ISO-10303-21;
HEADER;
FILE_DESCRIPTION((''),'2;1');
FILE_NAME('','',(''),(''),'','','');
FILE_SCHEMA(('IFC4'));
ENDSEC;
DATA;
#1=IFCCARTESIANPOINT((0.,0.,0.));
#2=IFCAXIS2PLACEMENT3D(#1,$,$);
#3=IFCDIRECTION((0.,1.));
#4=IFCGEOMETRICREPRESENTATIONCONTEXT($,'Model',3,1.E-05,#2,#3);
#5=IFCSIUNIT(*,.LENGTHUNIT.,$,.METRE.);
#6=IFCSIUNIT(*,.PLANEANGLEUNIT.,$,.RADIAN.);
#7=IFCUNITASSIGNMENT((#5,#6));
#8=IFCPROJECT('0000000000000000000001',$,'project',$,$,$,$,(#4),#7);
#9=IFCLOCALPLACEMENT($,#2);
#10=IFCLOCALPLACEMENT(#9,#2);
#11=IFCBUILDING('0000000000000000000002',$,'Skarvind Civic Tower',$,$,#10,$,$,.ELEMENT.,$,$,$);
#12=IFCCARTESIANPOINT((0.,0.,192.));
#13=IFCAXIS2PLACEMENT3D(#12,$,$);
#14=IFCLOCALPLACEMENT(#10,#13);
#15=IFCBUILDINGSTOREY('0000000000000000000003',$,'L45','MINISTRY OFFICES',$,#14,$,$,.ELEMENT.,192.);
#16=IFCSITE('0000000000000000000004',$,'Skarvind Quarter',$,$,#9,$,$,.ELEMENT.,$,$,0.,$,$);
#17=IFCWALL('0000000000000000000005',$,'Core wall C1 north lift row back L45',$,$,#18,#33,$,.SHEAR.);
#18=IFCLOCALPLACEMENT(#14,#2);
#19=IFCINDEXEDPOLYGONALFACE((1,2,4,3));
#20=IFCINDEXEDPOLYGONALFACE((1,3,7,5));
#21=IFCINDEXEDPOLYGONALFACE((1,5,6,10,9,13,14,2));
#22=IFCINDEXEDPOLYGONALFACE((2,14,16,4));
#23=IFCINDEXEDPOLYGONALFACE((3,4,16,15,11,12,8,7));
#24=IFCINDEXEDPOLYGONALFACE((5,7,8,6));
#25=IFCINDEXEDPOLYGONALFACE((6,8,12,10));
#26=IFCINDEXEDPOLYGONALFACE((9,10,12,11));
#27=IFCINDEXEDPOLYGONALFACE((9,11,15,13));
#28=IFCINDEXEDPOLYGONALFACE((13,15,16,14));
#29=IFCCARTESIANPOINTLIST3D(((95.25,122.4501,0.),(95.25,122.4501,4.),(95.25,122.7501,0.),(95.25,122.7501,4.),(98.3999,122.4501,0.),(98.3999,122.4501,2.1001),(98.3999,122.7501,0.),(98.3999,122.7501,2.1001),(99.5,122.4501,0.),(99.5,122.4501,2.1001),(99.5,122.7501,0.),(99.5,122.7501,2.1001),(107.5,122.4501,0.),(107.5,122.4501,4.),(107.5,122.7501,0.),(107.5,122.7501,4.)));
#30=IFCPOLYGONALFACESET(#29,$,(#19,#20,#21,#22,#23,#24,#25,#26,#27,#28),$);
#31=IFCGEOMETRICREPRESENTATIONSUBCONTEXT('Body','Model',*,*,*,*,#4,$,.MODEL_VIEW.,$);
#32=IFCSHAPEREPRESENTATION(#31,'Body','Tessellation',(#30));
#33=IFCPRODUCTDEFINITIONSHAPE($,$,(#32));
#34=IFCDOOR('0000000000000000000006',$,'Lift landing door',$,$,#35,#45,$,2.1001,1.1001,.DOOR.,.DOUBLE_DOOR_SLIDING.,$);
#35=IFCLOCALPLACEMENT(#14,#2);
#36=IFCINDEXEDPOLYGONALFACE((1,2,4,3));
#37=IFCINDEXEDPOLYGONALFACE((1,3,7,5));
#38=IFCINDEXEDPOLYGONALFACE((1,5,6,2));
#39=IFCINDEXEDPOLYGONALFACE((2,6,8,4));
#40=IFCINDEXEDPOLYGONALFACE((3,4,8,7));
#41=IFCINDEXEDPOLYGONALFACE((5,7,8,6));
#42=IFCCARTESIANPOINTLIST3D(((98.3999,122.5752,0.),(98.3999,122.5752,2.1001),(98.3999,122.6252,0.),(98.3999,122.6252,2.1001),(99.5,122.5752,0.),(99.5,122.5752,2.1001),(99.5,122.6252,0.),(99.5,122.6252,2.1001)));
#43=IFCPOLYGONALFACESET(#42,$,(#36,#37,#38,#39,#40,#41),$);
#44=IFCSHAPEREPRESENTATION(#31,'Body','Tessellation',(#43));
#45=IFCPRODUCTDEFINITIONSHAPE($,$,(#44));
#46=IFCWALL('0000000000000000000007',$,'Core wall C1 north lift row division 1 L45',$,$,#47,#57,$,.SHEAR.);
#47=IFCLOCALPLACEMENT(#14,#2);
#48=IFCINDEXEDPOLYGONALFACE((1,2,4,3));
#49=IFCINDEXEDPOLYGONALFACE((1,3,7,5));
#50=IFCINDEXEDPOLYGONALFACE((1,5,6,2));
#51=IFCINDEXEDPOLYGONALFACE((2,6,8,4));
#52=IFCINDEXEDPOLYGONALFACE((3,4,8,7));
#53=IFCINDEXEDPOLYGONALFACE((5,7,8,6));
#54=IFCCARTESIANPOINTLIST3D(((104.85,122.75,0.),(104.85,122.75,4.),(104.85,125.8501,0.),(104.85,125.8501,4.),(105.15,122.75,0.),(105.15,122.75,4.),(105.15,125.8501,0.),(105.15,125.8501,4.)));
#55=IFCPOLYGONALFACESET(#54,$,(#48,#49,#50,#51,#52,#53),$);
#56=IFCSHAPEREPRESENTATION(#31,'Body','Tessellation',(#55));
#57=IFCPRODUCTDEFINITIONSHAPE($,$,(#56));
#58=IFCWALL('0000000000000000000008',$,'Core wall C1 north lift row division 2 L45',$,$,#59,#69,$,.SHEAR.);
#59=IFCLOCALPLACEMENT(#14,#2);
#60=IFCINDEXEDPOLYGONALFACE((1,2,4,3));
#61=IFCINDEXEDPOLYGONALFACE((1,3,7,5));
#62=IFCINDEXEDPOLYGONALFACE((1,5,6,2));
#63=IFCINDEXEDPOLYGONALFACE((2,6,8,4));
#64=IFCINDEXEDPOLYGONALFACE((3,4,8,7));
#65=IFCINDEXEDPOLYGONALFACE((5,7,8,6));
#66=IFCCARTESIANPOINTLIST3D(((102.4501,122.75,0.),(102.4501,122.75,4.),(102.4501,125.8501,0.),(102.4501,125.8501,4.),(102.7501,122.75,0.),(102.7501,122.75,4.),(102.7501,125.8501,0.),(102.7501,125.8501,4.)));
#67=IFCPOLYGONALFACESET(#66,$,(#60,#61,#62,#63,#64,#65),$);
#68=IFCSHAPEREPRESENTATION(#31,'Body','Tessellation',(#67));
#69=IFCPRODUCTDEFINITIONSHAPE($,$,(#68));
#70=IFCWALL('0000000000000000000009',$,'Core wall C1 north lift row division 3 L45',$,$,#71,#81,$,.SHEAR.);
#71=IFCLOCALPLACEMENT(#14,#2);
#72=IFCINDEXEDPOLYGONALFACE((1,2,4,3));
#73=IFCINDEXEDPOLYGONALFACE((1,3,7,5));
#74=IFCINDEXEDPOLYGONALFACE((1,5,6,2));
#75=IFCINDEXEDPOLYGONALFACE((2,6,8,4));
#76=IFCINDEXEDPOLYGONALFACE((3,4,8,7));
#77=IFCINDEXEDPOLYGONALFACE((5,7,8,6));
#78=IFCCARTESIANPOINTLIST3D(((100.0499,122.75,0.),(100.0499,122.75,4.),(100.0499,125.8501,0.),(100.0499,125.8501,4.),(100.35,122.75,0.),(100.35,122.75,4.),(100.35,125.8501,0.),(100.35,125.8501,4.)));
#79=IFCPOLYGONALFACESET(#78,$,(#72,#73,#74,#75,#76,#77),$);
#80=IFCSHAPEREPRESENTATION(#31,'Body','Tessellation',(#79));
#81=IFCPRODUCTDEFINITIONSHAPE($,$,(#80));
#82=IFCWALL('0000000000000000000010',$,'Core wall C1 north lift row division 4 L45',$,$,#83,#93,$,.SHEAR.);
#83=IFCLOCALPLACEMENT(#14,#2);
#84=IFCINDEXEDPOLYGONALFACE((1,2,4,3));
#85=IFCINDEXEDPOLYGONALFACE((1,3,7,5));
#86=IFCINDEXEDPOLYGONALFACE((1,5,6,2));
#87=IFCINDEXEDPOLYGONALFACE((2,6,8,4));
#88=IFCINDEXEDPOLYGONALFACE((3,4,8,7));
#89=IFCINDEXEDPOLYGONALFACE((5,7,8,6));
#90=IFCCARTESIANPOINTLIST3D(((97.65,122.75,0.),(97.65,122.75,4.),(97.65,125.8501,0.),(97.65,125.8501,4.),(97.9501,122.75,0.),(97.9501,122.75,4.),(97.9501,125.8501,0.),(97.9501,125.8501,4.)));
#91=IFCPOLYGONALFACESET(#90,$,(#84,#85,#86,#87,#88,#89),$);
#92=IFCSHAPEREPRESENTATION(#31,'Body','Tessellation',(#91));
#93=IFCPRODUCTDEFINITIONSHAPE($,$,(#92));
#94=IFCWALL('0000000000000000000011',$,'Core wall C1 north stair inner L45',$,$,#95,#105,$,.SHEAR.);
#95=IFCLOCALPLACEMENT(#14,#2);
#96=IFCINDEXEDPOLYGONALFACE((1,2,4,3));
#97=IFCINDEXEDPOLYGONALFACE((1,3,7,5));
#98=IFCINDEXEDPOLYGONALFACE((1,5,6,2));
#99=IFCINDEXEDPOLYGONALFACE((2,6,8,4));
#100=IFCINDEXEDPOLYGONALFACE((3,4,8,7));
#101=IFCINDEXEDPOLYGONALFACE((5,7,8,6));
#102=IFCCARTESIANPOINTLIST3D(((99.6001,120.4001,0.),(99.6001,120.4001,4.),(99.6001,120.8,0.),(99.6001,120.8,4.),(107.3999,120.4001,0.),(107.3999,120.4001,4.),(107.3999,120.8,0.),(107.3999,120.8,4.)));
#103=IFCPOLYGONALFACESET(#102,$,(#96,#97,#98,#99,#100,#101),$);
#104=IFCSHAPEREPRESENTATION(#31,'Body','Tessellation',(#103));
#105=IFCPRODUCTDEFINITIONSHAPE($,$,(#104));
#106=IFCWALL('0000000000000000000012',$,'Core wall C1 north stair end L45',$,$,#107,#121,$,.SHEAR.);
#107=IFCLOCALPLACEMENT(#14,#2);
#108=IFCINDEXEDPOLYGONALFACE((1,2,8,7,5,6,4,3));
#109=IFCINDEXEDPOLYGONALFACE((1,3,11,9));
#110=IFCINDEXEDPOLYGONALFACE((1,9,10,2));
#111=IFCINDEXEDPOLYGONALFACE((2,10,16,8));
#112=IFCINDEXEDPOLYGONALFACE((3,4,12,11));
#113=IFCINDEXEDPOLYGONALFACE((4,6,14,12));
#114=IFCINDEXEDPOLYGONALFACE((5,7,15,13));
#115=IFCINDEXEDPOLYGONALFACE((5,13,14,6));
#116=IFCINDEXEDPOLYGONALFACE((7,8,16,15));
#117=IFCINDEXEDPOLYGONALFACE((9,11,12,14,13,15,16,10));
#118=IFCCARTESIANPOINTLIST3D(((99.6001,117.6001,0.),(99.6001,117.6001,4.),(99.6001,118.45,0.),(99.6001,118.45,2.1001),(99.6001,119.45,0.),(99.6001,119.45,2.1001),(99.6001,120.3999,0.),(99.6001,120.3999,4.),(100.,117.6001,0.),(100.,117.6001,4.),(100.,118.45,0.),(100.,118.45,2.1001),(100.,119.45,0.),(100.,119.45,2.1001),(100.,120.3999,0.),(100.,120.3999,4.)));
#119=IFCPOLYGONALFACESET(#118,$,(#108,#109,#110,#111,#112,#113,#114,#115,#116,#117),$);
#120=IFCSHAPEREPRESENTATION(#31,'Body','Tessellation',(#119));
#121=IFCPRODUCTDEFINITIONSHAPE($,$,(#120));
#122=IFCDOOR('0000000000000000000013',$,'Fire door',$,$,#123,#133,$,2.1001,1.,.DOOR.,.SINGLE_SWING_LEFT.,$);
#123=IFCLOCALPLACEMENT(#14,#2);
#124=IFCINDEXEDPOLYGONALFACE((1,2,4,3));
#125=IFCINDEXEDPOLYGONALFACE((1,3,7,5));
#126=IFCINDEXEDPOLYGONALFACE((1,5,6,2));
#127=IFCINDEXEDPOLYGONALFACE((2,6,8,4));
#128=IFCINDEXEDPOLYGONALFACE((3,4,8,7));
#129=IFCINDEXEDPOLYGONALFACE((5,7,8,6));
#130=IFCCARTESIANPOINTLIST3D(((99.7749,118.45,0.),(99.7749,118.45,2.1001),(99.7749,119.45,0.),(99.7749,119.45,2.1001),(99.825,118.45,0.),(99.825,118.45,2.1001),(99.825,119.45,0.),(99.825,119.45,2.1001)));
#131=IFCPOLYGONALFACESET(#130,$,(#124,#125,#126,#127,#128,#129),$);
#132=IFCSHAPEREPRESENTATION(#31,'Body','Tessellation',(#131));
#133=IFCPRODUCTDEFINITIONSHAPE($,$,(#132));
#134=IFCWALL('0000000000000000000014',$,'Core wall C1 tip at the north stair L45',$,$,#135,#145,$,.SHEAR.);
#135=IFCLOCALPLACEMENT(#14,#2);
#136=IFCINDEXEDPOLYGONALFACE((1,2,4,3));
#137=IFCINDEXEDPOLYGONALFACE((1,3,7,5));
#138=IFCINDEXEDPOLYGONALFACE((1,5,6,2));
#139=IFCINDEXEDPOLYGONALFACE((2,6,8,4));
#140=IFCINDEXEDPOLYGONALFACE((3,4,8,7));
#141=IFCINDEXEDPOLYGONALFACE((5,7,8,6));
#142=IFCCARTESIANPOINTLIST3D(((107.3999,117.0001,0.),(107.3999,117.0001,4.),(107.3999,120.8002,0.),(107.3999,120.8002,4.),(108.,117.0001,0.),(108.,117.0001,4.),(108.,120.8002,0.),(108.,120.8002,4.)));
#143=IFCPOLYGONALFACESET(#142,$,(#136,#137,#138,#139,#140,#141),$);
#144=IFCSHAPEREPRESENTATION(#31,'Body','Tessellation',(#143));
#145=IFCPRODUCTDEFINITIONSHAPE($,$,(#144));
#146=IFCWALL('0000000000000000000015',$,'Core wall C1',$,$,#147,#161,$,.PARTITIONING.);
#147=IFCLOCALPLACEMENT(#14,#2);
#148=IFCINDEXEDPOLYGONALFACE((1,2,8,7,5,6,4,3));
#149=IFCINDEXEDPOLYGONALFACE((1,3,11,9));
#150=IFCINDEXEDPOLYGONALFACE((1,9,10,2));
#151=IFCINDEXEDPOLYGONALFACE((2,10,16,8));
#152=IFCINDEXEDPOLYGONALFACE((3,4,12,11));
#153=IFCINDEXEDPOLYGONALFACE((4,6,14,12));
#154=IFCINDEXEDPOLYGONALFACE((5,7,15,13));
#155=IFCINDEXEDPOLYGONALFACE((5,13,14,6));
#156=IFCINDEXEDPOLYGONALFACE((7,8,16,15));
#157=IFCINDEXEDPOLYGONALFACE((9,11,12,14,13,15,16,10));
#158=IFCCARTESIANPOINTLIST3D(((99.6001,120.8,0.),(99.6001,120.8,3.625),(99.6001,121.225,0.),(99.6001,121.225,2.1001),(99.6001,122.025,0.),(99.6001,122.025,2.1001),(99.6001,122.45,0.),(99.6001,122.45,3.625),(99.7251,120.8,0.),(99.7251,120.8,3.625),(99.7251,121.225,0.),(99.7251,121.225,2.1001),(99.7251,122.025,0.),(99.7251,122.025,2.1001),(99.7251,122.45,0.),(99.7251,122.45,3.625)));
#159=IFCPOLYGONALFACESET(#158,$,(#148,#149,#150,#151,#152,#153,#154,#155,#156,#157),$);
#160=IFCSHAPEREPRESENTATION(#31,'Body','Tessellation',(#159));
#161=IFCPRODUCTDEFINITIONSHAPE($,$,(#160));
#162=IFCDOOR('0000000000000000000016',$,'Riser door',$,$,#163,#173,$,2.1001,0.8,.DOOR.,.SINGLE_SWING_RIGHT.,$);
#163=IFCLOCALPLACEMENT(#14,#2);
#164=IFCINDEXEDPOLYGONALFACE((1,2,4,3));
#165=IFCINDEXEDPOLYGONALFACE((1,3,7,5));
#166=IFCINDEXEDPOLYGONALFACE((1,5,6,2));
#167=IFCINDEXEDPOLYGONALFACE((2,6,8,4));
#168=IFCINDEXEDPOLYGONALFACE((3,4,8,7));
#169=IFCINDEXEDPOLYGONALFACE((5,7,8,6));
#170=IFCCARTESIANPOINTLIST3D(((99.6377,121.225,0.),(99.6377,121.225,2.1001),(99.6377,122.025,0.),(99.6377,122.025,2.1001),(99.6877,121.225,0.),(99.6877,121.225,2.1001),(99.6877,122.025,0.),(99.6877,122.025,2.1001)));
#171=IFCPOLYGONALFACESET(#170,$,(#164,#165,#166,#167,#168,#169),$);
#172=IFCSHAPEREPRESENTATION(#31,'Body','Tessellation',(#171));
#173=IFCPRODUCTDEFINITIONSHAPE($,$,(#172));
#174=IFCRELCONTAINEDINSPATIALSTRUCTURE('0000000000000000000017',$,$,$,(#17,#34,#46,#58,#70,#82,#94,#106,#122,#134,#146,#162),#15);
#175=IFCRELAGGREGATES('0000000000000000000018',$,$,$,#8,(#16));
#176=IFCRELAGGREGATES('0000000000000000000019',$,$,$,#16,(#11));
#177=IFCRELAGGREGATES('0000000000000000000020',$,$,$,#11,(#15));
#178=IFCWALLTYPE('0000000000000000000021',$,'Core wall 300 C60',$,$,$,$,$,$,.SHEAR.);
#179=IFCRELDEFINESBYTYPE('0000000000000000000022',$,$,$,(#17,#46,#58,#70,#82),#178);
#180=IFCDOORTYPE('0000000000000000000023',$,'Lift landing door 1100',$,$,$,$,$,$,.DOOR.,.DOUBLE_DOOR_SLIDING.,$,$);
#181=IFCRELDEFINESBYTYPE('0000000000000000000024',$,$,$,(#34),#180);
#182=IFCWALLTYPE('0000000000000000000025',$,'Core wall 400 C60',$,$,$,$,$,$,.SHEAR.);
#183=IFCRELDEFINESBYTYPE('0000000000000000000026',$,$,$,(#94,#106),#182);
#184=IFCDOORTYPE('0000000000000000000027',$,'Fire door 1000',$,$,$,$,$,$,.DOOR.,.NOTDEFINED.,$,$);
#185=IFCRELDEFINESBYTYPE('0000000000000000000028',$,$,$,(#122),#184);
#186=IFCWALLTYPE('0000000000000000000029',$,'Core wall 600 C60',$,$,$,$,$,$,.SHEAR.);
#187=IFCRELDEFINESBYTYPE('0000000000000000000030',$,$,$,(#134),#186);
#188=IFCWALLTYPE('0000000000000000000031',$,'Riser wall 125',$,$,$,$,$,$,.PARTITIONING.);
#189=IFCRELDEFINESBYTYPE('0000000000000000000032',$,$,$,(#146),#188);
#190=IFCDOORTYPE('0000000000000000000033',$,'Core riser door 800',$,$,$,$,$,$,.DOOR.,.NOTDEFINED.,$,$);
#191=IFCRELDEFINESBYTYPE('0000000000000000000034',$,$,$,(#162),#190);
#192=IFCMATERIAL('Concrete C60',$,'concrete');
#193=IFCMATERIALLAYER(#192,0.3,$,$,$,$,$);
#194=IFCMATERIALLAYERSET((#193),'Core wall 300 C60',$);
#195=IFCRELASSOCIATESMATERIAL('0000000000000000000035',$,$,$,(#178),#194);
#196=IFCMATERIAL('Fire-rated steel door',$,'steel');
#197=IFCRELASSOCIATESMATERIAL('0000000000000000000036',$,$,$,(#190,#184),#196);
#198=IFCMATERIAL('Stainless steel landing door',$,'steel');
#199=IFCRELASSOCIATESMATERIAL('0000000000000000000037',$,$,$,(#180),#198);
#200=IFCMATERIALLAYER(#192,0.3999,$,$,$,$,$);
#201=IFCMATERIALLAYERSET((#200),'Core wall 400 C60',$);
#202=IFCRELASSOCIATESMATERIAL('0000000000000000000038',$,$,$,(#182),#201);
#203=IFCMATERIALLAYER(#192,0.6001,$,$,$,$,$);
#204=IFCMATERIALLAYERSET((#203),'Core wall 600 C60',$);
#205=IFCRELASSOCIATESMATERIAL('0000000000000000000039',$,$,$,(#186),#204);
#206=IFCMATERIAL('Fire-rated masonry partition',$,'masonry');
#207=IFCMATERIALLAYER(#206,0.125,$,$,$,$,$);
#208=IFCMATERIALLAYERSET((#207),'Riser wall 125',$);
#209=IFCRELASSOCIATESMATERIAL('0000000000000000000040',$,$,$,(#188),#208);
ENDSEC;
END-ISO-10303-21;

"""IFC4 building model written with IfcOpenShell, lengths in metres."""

from ifc_helpers import new_model, si_unit, direction, frame, frame_2d, origin, place, context, subcontext, project, spatial, rectangle, extrude, material, layer, layer_set, type_object, element, fill, save


model = new_model("IFC4")

# Units and contexts
model_context = context("Model", 3, precision=1e-05, world=origin(), true_north=direction((0.0, 1.0)))
body_context = subcontext(model_context, "Body", "Model", "MODEL_VIEW")
ifc_project = project(units=[si_unit("LENGTHUNIT", "METRE"), si_unit("PLANEANGLEUNIT", "RADIAN")], contexts=[model_context])

# Site, building, storey
site_placement = place(None, origin())
site = spatial("IfcSite", under=ifc_project, at=site_placement, Name="Skarvind Quarter", CompositionType="ELEMENT", RefElevation=0.0)
building_placement = place(site_placement, origin())
building = spatial("IfcBuilding", under=site, at=building_placement, Name="Skarvind Civic Tower", CompositionType="ELEMENT")
storey_placement = place(building_placement, frame((0.0, 0.0, 192.0)))
storey = spatial("IfcBuildingStorey", under=building, at=storey_placement, Name="L45", Description="MINISTRY OFFICES", CompositionType="ELEMENT", Elevation=192.0)

# Shared definitions
ifc_material_1 = material(Name="Concrete C60", Category="concrete")
ifc_layer_1 = layer(ifc_material_1, 0.3)
ifc_layer_set_1 = layer_set([ifc_layer_1], Name="Core wall 300 C60")
wall_type_1 = type_object("IfcWallType", Name="Core wall 300 C60", PredefinedType="SHEAR", material=ifc_layer_set_1)
ifc_material_2 = material(Name="Fire-rated steel door", Category="steel")
door_type_1 = type_object("IfcDoorType", Name="Core riser door 800", OperationType="NOTDEFINED", PredefinedType="DOOR", material=ifc_material_2)

# Shared definitions
ifc_material_3 = material(Name="Stainless steel landing door", Category="steel")
door_type_2 = type_object("IfcDoorType", Name="Lift landing door 1100", OperationType="DOUBLE_DOOR_SLIDING", PredefinedType="DOOR", material=ifc_material_3)

# Wall, opening, door
wall_1_placement = place(storey_placement, frame((107.5, 122.6001, 0.0), z_axis=(0.0, 0.0, 1.0), x_axis=(-1.0, 0.0, 0.0)))
wall_1 = element("IfcWall", 1, at=wall_1_placement, inside=storey, type_object=wall_type_1, Name="Core wall C1 north lift row back L45", PredefinedType="SHEAR", context=body_context, shape_type="SweptSolid", body=[
    extrude(rectangle(XDim=12.25, YDim=0.3, at=frame_2d((6.125, 0.0))), origin(), (0.0, 0.0, 1.0), 4.0),
])
opening_1_placement = place(wall_1_placement, frame((8.0, 0.0, 0.0)))
opening_1 = element("IfcOpeningElement", 2, at=opening_1_placement, cuts=wall_1, PredefinedType="OPENING", context=body_context, shape_type="SweptSolid", body=[
    extrude(rectangle(XDim=1.1001, YDim=2.1001, at=frame_2d((0.55, 1.05))), frame((0.0, 0.1599, 0.0), z_axis=(0.0, -1.0, 0.0), x_axis=(1.0, 0.0, 0.0)), (0.0, 0.0, 1.0), 0.3201),
])
door_1_placement = place(opening_1_placement, origin())
door_1 = element("IfcDoor", 3, at=door_1_placement, inside=storey, type_object=door_type_2, Name="Lift landing door", OperationType="DOUBLE_DOOR_SLIDING", OverallHeight=2.1001, OverallWidth=1.1001, PredefinedType="DOOR", context=body_context, shape_type="SweptSolid", body=[
    extrude(rectangle(XDim=1.1001, YDim=2.1001, at=frame_2d((0.55, 1.05))), frame((0.0, 0.0249, 0.0), z_axis=(0.0, -1.0, 0.0), x_axis=(1.0, 0.0, 0.0)), (0.0, 0.0, 1.0), 0.05),
])
fill(opening_1, door_1)

# Walls
for number, where, z_axis, x_axis, name in (
    (4, (105.0, 125.8501, 0.0), (0.0, 0.0, 1.0), (0.0, -1.0, 0.0), "Core wall C1 north lift row division 1 L45"),
    (5, (102.6001, 125.8501, 0.0), (0.0, 0.0, 1.0), (0.0, -1.0, 0.0), "Core wall C1 north lift row division 2 L45"),
    (6, (100.2, 125.8501, 0.0), (0.0, 0.0, 1.0), (0.0, -1.0, 0.0), "Core wall C1 north lift row division 3 L45"),
    (7, (97.8, 125.8501, 0.0), (0.0, 0.0, 1.0), (0.0, -1.0, 0.0), "Core wall C1 north lift row division 4 L45"),
):
    element("IfcWall", number, at=place(storey_placement, frame(where, z_axis=z_axis, x_axis=x_axis)), inside=storey, type_object=wall_type_1, Name=name, PredefinedType="SHEAR", context=body_context, shape_type="SweptSolid", body=[
        extrude(rectangle(XDim=3.1001, YDim=0.3, at=frame_2d((1.55, 0.0))), origin(), (0.0, 0.0, 1.0), 4.0),
    ])
ifc_layer_2 = layer(ifc_material_1, 0.3999)
ifc_layer_set_2 = layer_set([ifc_layer_2], Name="Core wall 400 C60")
wall_type_2 = type_object("IfcWallType", Name="Core wall 400 C60", PredefinedType="SHEAR", material=ifc_layer_set_2)
wall_2_placement = place(storey_placement, frame((107.3999, 120.6001, 0.0), z_axis=(0.0, 0.0, 1.0), x_axis=(-1.0, 0.0, 0.0)))
element("IfcWall", 8, at=wall_2_placement, inside=storey, type_object=wall_type_2, Name="Core wall C1 north stair inner L45", PredefinedType="SHEAR", context=body_context, shape_type="SweptSolid", body=[
    extrude(rectangle(XDim=7.7998, YDim=0.3999, at=frame_2d((3.8999, 0.0))), origin(), (0.0, 0.0, 1.0), 4.0),
])

# Wall, opening, door
wall_3_placement = place(storey_placement, frame((99.8, 120.3999, 0.0), z_axis=(0.0, 0.0, 1.0), x_axis=(0.0, -1.0, 0.0)))
wall_3 = element("IfcWall", 9, at=wall_3_placement, inside=storey, type_object=wall_type_2, Name="Core wall C1 north stair end L45", PredefinedType="SHEAR", context=body_context, shape_type="SweptSolid", body=[
    extrude(rectangle(XDim=2.7998, YDim=0.3999, at=frame_2d((1.3999, 0.0))), origin(), (0.0, 0.0, 1.0), 4.0),
])
opening_2_placement = place(wall_3_placement, frame((0.95, 0.0, 0.0)))
opening_2 = element("IfcOpeningElement", 10, at=opening_2_placement, cuts=wall_3, PredefinedType="OPENING", context=body_context, shape_type="SweptSolid", body=[
    extrude(rectangle(XDim=1.0, YDim=2.1001, at=frame_2d((0.5, 1.05))), frame((0.0, 0.21, 0.0), z_axis=(0.0, -1.0, 0.0), x_axis=(1.0, 0.0, 0.0)), (0.0, 0.0, 1.0), 0.4199),
])
door_type_3 = type_object("IfcDoorType", Name="Fire door 1000", OperationType="NOTDEFINED", PredefinedType="DOOR", material=ifc_material_2)
door_2_placement = place(opening_2_placement, origin())
door_2 = element("IfcDoor", 11, at=door_2_placement, inside=storey, type_object=door_type_3, Name="Fire door", OperationType="SINGLE_SWING_LEFT", OverallHeight=2.1001, OverallWidth=1.0, PredefinedType="DOOR", context=body_context, shape_type="SweptSolid", body=[
    extrude(rectangle(XDim=1.0, YDim=2.1001, at=frame_2d((0.5, 1.05))), frame((0.0, 0.0249, 0.0), z_axis=(0.0, -1.0, 0.0), x_axis=(1.0, 0.0, 0.0)), (0.0, 0.0, 1.0), 0.05),
])
fill(opening_2, door_2)

# Wall
ifc_layer_3 = layer(ifc_material_1, 0.6001)
ifc_layer_set_3 = layer_set([ifc_layer_3], Name="Core wall 600 C60")
wall_type_3 = type_object("IfcWallType", Name="Core wall 600 C60", PredefinedType="SHEAR", material=ifc_layer_set_3)
wall_4_placement = place(storey_placement, frame((107.7, 120.8, 0.0), z_axis=(0.0, 0.0, 1.0), x_axis=(0.0, -1.0, 0.0)))
element("IfcWall", 12, at=wall_4_placement, inside=storey, type_object=wall_type_3, Name="Core wall C1 tip at the north stair L45", PredefinedType="SHEAR", context=body_context, shape_type="SweptSolid", body=[
    extrude(rectangle(XDim=3.8, YDim=0.6001, at=frame_2d((1.8999, 0.0))), origin(), (0.0, 0.0, 1.0), 4.0),
])

# Wall, opening, door
ifc_material_4 = material(Name="Fire-rated masonry partition", Category="masonry")
ifc_layer_4 = layer(ifc_material_4, 0.125)
ifc_layer_set_4 = layer_set([ifc_layer_4], Name="Riser wall 125")
wall_type_4 = type_object("IfcWallType", Name="Riser wall 125", PredefinedType="PARTITIONING", material=ifc_layer_set_4)
wall_5_placement = place(storey_placement, frame((99.6626, 120.8, 0.0), z_axis=(0.0, 0.0, 1.0), x_axis=(0.0, 1.0, 0.0)))
wall_5 = element("IfcWall", 13, at=wall_5_placement, inside=storey, type_object=wall_type_4, Name="Core wall C1", PredefinedType="PARTITIONING", context=body_context, shape_type="SweptSolid", body=[
    extrude(rectangle(XDim=1.6499, YDim=0.125, at=frame_2d((0.825, 0.0))), origin(), (0.0, 0.0, 1.0), 3.625),
])
opening_3_placement = place(wall_5_placement, frame((0.425, 0.0, 0.0)))
opening_3 = element("IfcOpeningElement", 14, at=opening_3_placement, cuts=wall_5, PredefinedType="OPENING", context=body_context, shape_type="SweptSolid", body=[
    extrude(rectangle(XDim=0.8, YDim=2.1001, at=frame_2d((0.3999, 1.05))), frame((0.0, 0.0725, 0.0), z_axis=(0.0, -1.0, 0.0), x_axis=(1.0, 0.0, 0.0)), (0.0, 0.0, 1.0), 0.145),
])
door_3_placement = place(opening_3_placement, origin())
door_3 = element("IfcDoor", 15, at=door_3_placement, inside=storey, type_object=door_type_1, Name="Riser door", OperationType="SINGLE_SWING_RIGHT", OverallHeight=2.1001, OverallWidth=0.8, PredefinedType="DOOR", context=body_context, shape_type="SweptSolid", body=[
    extrude(rectangle(XDim=0.8, YDim=2.1001, at=frame_2d((0.3999, 1.05))), frame((0.0, 0.0249, 0.0), z_axis=(0.0, -1.0, 0.0), x_axis=(1.0, 0.0, 0.0)), (0.0, 0.0, 1.0), 0.05),
])
fill(opening_3, door_3)

save(model, "model.ifc")
